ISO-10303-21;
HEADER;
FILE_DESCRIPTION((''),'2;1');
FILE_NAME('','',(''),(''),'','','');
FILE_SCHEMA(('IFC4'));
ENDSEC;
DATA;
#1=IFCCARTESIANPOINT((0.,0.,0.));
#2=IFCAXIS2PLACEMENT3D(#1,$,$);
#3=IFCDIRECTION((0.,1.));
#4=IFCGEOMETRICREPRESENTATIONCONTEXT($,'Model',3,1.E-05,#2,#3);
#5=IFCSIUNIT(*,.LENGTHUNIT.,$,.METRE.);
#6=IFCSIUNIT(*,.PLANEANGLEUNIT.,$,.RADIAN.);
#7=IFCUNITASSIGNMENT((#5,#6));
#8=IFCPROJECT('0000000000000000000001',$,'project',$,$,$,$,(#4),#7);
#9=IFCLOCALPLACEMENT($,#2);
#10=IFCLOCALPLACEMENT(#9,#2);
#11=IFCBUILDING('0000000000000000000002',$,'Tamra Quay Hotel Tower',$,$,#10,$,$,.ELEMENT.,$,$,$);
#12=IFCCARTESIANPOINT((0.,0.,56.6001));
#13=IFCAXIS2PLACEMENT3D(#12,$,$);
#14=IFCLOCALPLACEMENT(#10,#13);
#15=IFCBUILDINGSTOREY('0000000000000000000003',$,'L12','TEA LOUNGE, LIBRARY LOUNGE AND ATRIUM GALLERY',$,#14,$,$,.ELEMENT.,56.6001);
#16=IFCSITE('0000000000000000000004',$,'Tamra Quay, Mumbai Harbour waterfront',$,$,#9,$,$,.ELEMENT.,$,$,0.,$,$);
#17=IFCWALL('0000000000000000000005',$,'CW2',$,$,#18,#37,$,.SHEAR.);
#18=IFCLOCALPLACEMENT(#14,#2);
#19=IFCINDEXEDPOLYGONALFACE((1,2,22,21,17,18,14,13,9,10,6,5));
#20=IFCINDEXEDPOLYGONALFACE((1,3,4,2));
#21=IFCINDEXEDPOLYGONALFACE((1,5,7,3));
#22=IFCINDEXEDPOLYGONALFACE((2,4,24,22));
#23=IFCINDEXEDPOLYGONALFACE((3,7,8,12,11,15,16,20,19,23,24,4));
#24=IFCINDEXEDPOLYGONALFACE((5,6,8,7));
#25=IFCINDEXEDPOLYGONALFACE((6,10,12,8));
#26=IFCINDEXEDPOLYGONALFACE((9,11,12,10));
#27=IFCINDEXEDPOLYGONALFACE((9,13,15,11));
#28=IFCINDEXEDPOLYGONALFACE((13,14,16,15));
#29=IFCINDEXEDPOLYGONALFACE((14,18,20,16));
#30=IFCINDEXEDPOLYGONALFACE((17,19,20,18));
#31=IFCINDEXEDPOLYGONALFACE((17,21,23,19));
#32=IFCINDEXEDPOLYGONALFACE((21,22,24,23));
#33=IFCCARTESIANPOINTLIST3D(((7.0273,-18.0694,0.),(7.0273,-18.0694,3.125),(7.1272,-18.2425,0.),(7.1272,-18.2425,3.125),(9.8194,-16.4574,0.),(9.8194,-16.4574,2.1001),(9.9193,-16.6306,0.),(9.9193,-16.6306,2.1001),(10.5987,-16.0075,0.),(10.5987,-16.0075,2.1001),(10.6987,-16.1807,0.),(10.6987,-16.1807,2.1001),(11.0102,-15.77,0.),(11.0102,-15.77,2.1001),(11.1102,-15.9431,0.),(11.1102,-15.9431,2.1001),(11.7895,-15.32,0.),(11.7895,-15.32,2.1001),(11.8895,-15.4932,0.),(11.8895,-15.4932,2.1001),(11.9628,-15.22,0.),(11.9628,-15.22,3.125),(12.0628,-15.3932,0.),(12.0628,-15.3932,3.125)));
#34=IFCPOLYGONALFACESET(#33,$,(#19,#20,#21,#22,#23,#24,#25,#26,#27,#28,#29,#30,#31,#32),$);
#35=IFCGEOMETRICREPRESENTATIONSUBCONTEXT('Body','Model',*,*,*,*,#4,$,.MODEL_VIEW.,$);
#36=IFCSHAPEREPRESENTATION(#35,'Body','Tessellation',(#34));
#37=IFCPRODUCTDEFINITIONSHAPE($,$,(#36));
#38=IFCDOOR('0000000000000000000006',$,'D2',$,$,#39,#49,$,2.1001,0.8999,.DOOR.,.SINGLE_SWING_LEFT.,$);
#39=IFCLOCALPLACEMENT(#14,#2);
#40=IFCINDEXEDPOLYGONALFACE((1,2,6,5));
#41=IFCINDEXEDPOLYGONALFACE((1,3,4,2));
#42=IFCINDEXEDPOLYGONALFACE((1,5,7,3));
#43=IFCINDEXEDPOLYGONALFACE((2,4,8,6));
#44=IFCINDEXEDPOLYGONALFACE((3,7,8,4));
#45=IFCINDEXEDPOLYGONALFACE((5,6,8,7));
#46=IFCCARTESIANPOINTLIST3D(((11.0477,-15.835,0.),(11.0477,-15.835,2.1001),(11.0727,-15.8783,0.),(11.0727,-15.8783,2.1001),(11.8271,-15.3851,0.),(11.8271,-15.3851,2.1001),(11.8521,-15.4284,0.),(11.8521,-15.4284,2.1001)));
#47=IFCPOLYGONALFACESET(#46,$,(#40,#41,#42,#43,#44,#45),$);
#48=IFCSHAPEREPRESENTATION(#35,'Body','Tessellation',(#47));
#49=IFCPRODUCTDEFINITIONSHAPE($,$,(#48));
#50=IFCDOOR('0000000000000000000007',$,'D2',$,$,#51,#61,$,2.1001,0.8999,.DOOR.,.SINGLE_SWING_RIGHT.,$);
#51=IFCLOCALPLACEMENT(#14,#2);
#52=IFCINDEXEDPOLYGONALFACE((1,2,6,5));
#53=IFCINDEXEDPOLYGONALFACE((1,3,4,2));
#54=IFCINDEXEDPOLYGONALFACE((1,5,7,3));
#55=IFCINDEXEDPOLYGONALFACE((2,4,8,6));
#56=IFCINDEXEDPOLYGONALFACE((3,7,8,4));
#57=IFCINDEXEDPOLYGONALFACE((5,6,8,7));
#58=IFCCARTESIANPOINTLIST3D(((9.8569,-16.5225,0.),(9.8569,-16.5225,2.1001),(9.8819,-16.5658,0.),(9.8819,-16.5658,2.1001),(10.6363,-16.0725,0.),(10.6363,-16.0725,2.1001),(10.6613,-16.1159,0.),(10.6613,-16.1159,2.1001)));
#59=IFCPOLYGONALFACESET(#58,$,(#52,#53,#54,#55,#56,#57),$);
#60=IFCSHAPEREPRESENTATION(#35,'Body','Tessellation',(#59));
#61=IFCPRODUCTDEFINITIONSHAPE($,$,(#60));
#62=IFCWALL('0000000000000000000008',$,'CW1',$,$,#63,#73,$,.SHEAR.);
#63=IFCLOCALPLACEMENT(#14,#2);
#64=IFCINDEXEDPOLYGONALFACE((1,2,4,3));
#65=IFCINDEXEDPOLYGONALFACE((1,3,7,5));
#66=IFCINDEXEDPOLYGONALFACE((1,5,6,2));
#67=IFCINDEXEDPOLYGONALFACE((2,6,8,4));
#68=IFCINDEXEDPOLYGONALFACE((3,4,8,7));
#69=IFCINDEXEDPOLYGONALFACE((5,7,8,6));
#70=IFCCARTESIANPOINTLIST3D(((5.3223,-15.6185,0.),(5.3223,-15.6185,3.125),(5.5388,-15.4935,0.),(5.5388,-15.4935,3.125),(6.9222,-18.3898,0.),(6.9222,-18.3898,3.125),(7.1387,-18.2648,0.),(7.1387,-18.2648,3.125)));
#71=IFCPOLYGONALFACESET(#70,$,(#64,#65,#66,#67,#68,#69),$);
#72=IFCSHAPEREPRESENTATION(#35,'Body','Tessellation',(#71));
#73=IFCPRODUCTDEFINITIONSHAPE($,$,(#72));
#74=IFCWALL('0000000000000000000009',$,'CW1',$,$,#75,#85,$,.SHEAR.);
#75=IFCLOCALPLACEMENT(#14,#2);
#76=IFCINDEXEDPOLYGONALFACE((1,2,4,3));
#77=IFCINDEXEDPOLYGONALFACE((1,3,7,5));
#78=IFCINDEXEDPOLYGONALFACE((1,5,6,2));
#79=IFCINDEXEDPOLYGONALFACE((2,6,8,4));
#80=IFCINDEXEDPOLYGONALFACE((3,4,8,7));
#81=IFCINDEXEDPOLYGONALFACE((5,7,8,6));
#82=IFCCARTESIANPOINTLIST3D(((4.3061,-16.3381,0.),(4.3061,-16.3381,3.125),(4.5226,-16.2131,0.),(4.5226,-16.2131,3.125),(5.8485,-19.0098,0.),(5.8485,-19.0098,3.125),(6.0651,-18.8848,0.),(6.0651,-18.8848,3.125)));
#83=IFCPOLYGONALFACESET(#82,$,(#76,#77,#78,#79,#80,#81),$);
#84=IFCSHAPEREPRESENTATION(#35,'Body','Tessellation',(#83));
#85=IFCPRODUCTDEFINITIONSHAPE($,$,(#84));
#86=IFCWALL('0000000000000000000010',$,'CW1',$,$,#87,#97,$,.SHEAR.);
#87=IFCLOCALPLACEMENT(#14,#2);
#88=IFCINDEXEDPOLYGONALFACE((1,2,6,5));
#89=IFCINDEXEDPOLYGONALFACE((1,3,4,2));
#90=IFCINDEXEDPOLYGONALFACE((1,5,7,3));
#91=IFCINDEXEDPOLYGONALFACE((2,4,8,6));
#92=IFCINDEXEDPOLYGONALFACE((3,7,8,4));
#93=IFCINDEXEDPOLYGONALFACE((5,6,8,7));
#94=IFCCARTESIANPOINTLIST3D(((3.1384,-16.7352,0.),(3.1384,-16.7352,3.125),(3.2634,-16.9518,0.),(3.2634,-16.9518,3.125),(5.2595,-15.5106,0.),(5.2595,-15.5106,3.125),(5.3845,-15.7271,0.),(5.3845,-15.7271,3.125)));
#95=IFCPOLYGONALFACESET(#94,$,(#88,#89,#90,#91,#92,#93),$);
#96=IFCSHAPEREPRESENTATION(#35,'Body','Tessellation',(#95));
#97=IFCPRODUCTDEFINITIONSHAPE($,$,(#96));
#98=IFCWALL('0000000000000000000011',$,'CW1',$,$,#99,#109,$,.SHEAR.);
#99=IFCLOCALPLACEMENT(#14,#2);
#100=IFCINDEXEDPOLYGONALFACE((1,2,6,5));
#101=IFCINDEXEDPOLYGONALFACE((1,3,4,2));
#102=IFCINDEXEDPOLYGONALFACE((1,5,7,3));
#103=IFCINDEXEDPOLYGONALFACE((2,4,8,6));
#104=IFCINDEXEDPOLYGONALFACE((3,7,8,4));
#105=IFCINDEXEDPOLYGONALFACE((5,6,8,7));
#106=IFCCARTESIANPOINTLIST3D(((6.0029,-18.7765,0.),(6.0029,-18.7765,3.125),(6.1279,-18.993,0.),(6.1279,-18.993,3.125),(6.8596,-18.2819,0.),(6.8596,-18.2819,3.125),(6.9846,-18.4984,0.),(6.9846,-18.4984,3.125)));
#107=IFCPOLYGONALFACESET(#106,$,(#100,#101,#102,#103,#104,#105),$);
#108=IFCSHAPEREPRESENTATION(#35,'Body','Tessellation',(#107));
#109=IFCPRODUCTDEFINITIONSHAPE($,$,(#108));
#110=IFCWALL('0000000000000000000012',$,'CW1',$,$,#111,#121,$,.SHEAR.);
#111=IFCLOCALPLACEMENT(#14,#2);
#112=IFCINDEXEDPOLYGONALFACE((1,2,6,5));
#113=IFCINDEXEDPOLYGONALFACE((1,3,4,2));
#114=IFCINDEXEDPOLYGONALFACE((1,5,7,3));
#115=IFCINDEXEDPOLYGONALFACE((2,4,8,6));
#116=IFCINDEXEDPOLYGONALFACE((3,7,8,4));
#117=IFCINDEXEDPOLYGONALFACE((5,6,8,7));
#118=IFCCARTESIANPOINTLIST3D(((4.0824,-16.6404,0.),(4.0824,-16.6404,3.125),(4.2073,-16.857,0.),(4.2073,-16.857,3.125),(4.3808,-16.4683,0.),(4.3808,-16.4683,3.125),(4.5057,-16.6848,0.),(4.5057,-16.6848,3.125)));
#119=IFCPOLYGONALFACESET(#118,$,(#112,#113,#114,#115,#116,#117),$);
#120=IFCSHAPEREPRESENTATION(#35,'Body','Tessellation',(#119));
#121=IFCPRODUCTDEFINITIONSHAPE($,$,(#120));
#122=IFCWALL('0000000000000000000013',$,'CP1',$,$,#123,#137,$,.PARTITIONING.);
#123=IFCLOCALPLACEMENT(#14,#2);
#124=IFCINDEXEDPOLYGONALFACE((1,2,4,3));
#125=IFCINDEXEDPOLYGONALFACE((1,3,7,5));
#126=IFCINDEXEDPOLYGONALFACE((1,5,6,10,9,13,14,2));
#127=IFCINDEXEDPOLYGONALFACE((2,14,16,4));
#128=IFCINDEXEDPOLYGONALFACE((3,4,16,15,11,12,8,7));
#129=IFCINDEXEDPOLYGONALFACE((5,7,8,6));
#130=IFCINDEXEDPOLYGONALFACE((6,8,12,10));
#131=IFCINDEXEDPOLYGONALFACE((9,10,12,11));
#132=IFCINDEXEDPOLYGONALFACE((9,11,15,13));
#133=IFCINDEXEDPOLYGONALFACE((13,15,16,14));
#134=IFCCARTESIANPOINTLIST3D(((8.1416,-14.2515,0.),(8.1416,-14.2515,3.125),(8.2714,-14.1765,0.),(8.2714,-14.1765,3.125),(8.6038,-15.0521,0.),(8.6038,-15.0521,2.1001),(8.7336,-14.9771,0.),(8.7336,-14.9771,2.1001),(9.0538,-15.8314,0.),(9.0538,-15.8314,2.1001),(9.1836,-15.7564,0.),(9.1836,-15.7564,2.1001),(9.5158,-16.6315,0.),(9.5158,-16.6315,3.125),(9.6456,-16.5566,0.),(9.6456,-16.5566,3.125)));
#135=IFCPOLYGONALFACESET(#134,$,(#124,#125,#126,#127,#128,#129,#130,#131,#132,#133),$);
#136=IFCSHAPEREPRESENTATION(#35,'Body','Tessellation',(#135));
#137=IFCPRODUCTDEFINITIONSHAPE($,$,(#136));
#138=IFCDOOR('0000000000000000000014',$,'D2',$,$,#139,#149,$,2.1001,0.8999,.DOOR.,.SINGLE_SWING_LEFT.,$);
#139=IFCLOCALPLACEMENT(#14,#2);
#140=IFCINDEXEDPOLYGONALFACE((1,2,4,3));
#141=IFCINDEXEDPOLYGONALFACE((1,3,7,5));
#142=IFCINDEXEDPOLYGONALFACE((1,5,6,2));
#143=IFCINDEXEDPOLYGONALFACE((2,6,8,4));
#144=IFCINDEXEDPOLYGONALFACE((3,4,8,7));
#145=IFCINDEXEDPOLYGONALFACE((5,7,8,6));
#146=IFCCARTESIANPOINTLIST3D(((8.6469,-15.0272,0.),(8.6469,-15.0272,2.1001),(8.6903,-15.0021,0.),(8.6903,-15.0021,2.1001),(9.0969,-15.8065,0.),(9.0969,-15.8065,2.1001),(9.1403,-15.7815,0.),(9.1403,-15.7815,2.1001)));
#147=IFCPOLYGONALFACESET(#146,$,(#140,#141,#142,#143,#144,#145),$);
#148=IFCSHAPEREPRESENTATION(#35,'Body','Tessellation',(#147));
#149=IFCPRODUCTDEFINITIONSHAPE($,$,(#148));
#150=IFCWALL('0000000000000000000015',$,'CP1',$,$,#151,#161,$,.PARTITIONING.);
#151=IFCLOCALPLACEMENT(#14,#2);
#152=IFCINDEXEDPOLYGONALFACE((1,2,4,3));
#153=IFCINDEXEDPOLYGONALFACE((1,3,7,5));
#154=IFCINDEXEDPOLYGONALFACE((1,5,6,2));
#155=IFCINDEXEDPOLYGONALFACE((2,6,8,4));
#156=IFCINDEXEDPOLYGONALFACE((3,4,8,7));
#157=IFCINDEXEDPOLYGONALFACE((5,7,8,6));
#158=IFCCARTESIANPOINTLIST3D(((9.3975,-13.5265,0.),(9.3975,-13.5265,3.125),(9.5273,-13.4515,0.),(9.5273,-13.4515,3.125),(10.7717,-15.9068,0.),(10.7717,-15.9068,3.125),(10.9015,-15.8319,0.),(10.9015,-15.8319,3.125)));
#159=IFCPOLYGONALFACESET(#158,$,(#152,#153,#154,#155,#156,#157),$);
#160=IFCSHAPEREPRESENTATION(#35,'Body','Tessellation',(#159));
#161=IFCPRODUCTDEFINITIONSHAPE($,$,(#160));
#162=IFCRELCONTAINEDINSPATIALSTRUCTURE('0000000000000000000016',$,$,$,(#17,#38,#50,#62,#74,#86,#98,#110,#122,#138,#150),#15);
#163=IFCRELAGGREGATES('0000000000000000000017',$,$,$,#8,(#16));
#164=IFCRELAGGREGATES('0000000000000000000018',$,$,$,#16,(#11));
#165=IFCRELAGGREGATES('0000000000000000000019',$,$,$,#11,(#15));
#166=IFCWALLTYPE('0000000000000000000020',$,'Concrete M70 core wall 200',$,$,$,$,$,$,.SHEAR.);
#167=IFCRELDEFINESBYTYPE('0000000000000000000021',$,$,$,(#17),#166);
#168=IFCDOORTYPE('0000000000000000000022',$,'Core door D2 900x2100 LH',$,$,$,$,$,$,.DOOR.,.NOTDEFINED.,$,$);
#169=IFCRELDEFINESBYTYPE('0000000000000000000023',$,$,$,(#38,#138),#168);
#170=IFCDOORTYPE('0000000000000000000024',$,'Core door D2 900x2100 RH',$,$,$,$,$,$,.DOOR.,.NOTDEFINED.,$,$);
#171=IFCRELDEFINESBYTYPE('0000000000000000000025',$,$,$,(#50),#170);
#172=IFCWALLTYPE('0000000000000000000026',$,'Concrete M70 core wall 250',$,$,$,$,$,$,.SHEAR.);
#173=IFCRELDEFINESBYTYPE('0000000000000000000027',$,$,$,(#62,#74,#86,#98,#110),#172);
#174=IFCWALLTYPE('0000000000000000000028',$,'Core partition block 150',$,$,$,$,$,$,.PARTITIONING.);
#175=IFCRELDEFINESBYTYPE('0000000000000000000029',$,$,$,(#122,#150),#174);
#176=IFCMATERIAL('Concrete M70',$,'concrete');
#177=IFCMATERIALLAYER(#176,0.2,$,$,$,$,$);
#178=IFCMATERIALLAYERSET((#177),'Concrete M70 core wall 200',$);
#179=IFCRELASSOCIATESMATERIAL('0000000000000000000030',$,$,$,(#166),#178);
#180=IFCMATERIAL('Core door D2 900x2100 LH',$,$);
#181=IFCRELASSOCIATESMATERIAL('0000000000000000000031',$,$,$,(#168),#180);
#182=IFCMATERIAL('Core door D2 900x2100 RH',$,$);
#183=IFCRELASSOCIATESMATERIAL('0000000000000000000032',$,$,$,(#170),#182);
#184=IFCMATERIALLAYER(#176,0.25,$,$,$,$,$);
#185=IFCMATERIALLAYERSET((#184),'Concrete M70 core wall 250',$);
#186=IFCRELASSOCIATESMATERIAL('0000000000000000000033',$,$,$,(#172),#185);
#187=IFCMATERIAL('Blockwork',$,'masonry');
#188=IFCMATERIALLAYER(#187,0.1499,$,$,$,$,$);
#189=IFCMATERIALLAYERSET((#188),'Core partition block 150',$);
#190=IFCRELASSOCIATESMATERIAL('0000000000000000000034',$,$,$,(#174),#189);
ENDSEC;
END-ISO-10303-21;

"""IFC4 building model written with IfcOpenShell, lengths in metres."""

from ifc_helpers import new_model, si_unit, direction, frame, frame_2d, origin, place, context, subcontext, project, spatial, rectangle, extrude, material, layer, layer_set, type_object, element, fill, save


model = new_model("IFC4")

# Units and contexts
model_context = context("Model", 3, precision=1e-05, world=origin(), true_north=direction((0.0, 1.0)))
body_context = subcontext(model_context, "Body", "Model", "MODEL_VIEW")
ifc_project = project(units=[si_unit("LENGTHUNIT", "METRE"), si_unit("PLANEANGLEUNIT", "RADIAN")], contexts=[model_context])

# Site, building, storey
site_placement = place(None, origin())
site = spatial("IfcSite", under=ifc_project, at=site_placement, Name="Tamra Quay, Mumbai Harbour waterfront", CompositionType="ELEMENT", RefElevation=0.0)
building_placement = place(site_placement, origin())
building = spatial("IfcBuilding", under=site, at=building_placement, Name="Tamra Quay Hotel Tower", CompositionType="ELEMENT")
storey_placement = place(building_placement, frame((0.0, 0.0, 56.6001)))
storey = spatial("IfcBuildingStorey", under=building, at=storey_placement, Name="L12", Description="TEA LOUNGE, LIBRARY LOUNGE AND ATRIUM GALLERY", CompositionType="ELEMENT", Elevation=56.6001)

# Wall, openings, doors
ifc_material_1 = material(Name="Concrete M70", Category="concrete")
ifc_layer_1 = layer(ifc_material_1, 0.2)
ifc_layer_set_1 = layer_set([ifc_layer_1], Name="Concrete M70 core wall 200")
wall_type_1 = type_object("IfcWallType", Name="Concrete M70 core wall 200", PredefinedType="SHEAR", material=ifc_layer_set_1)
wall_1_placement = place(storey_placement, frame((7.0771, -18.156, 0.0), z_axis=(0.0, 0.0, 1.0), x_axis=(0.866039, 0.499977, 0.0)))
wall_1 = element("IfcWall", 1, at=wall_1_placement, inside=storey, type_object=wall_type_1, Name="CW2", PredefinedType="SHEAR", context=body_context, shape_type="SweptSolid", body=[
    extrude(rectangle(XDim=5.699, YDim=0.2, at=frame_2d((2.8496, 0.0))), origin(), (0.0, 0.0, 1.0), 3.125),
])
opening_1_placement = place(wall_1_placement, frame((3.2241, 0.0, 0.0)))
opening_1 = element("IfcOpeningElement", 2, at=opening_1_placement, cuts=wall_1, PredefinedType="OPENING", context=body_context, shape_type="SweptSolid", body=[
    extrude(rectangle(XDim=0.8999, YDim=2.1001, at=frame_2d((0.45, 1.05))), frame((0.0, 0.1099, 0.0), z_axis=(0.0, -1.0, 0.0), x_axis=(1.0, 0.0, 0.0)), (0.0, 0.0, 1.0), 0.22),
])
opening_2_placement = place(wall_1_placement, frame((4.5991, 0.0, 0.0)))
opening_2 = element("IfcOpeningElement", 3, at=opening_2_placement, cuts=wall_1, PredefinedType="OPENING", context=body_context, shape_type="SweptSolid", body=[
    extrude(rectangle(XDim=0.8999, YDim=2.1001, at=frame_2d((0.45, 1.05))), frame((0.0, 0.1099, 0.0), z_axis=(0.0, -1.0, 0.0), x_axis=(1.0, 0.0, 0.0)), (0.0, 0.0, 1.0), 0.22),
])
ifc_material_2 = material(Name="Core door D2 900x2100 LH")
door_type_1 = type_object("IfcDoorType", Name="Core door D2 900x2100 LH", OperationType="NOTDEFINED", PredefinedType="DOOR", material=ifc_material_2)
door_1_placement = place(opening_2_placement, origin())
door_1 = element("IfcDoor", 4, at=door_1_placement, inside=storey, type_object=door_type_1, Name="D2", OperationType="SINGLE_SWING_LEFT", OverallHeight=2.1001, OverallWidth=0.8999, PredefinedType="DOOR", context=body_context, shape_type="SweptSolid", body=[
    extrude(rectangle(XDim=0.8999, YDim=2.1001, at=frame_2d((0.45, 1.05))), frame((0.0, 0.0249, 0.0), z_axis=(0.0, -1.0, 0.0), x_axis=(1.0, 0.0, 0.0)), (0.0, 0.0, 1.0), 0.05),
])
fill(opening_2, door_1)
ifc_material_3 = material(Name="Core door D2 900x2100 RH")
door_type_2 = type_object("IfcDoorType", Name="Core door D2 900x2100 RH", OperationType="NOTDEFINED", PredefinedType="DOOR", material=ifc_material_3)
door_2_placement = place(opening_1_placement, origin())
door_2 = element("IfcDoor", 5, at=door_2_placement, inside=storey, type_object=door_type_2, Name="D2", OperationType="SINGLE_SWING_RIGHT", OverallHeight=2.1001, OverallWidth=0.8999, PredefinedType="DOOR", context=body_context, shape_type="SweptSolid", body=[
    extrude(rectangle(XDim=0.8999, YDim=2.1001, at=frame_2d((0.45, 1.05))), frame((0.0, 0.0249, 0.0), z_axis=(0.0, -1.0, 0.0), x_axis=(1.0, 0.0, 0.0)), (0.0, 0.0, 1.0), 0.05),
])
fill(opening_1, door_2)

# Walls
ifc_layer_2 = layer(ifc_material_1, 0.25)
ifc_layer_set_2 = layer_set([ifc_layer_2], Name="Concrete M70 core wall 250")
wall_type_2 = type_object("IfcWallType", Name="Concrete M70 core wall 250", PredefinedType="SHEAR", material=ifc_layer_set_2)
wall_2_placement = place(storey_placement, frame((7.0305, -18.3274, 0.0), z_axis=(0.0, 0.0, 1.0), x_axis=(-0.499971, 0.866042, 0.0)))
element("IfcWall", 6, at=wall_2_placement, inside=storey, type_object=wall_type_2, Name="CW1", PredefinedType="SHEAR", context=body_context, shape_type="SweptSolid", body=[
    extrude(rectangle(XDim=3.2, YDim=0.25, at=frame_2d((1.6001, 0.0))), origin(), (0.0, 0.0, 1.0), 3.125),
])
wall_3_placement = place(storey_placement, frame((4.4143, -16.2756, 0.0), z_axis=(0.0, 0.0, 1.0), x_axis=(0.500003, -0.866023, 0.0)))
element("IfcWall", 7, at=wall_3_placement, inside=storey, type_object=wall_type_2, Name="CW1", PredefinedType="SHEAR", context=body_context, shape_type="SweptSolid", body=[
    extrude(rectangle(XDim=3.085, YDim=0.25, at=frame_2d((1.5425, 0.0))), origin(), (0.0, 0.0, 1.0), 3.125),
])
wall_4_placement = place(storey_placement, frame((5.322, -15.6189, 0.0), z_axis=(0.0, 0.0, 1.0), x_axis=(-0.866026, -0.499999, 0.0)))
element("IfcWall", 8, at=wall_4_placement, inside=storey, type_object=wall_type_2, Name="CW1", PredefinedType="SHEAR", context=body_context, shape_type="SweptSolid", body=[
    extrude(rectangle(XDim=2.4492, YDim=0.25, at=frame_2d((1.2246, 0.0))), origin(), (0.0, 0.0, 1.0), 3.125),
])
wall_5_placement = place(storey_placement, frame((6.0654, -18.8848, 0.0), z_axis=(0.0, 0.0, 1.0), x_axis=(0.866017, 0.500014, 0.0)))
element("IfcWall", 9, at=wall_5_placement, inside=storey, type_object=wall_type_2, Name="CW1", PredefinedType="SHEAR", context=body_context, shape_type="SweptSolid", body=[
    extrude(rectangle(XDim=0.9893, YDim=0.25, at=frame_2d((0.4946, 0.0))), origin(), (0.0, 0.0, 1.0), 3.125),
])
wall_6_placement = place(storey_placement, frame((4.1448, -16.7488, 0.0), z_axis=(0.0, 0.0, 1.0), x_axis=(0.866186, 0.499722, 0.0)))
element("IfcWall", 10, at=wall_6_placement, inside=storey, type_object=wall_type_2, Name="CW1", PredefinedType="SHEAR", context=body_context, shape_type="SweptSolid", body=[
    extrude(rectangle(XDim=0.3445, YDim=0.25, at=frame_2d((0.1724, 0.0))), origin(), (0.0, 0.0, 1.0), 3.125),
])

# Wall, opening, door
ifc_material_4 = material(Name="Blockwork", Category="masonry")
ifc_layer_3 = layer(ifc_material_4, 0.1499)
ifc_layer_set_3 = layer_set([ifc_layer_3], Name="Core partition block 150")
wall_type_3 = type_object("IfcWallType", Name="Core partition block 150", PredefinedType="PARTITIONING", material=ifc_layer_set_3)
wall_7_placement = place(storey_placement, frame((8.2065, -14.2141, 0.0), z_axis=(0.0, 0.0, 1.0), x_axis=(0.500027, -0.86601, 0.0)))
wall_7 = element("IfcWall", 11, at=wall_7_placement, inside=storey, type_object=wall_type_3, Name="CP1", PredefinedType="PARTITIONING", context=body_context, shape_type="SweptSolid", body=[
    extrude(rectangle(XDim=2.7483, YDim=0.1499, at=frame_2d((1.374, 0.0))), origin(), (0.0, 0.0, 1.0), 3.125),
])
opening_3_placement = place(wall_7_placement, frame((0.9243, 0.0, 0.0)))
opening_3 = element("IfcOpeningElement", 12, at=opening_3_placement, cuts=wall_7, PredefinedType="OPENING", context=body_context, shape_type="SweptSolid", body=[
    extrude(rectangle(XDim=0.8999, YDim=2.1001, at=frame_2d((0.45, 1.05))), frame((0.0, 0.085, 0.0), z_axis=(0.0, -1.0, 0.0), x_axis=(1.0, 0.0, 0.0)), (0.0, 0.0, 1.0), 0.1699),
])
door_3_placement = place(opening_3_placement, origin())
door_3 = element("IfcDoor", 13, at=door_3_placement, inside=storey, type_object=door_type_1, Name="D2", OperationType="SINGLE_SWING_LEFT", OverallHeight=2.1001, OverallWidth=0.8999, PredefinedType="DOOR", context=body_context, shape_type="SweptSolid", body=[
    extrude(rectangle(XDim=0.8999, YDim=2.1001, at=frame_2d((0.45, 1.05))), frame((0.0, 0.0249, 0.0), z_axis=(0.0, -1.0, 0.0), x_axis=(1.0, 0.0, 0.0)), (0.0, 0.0, 1.0), 0.05),
])
fill(opening_3, door_3)

# Wall
wall_8_placement = place(storey_placement, frame((9.4624, -13.489, 0.0), z_axis=(0.0, 0.0, 1.0), x_axis=(0.499989, -0.866032, 0.0)))
element("IfcWall", 14, at=wall_8_placement, inside=storey, type_object=wall_type_3, Name="CP1", PredefinedType="PARTITIONING", context=body_context, shape_type="SweptSolid", body=[
    extrude(rectangle(XDim=2.7485, YDim=0.1499, at=frame_2d((1.3743, 0.0))), origin(), (0.0, 0.0, 1.0), 3.125),
])

save(model, "model.ifc")
